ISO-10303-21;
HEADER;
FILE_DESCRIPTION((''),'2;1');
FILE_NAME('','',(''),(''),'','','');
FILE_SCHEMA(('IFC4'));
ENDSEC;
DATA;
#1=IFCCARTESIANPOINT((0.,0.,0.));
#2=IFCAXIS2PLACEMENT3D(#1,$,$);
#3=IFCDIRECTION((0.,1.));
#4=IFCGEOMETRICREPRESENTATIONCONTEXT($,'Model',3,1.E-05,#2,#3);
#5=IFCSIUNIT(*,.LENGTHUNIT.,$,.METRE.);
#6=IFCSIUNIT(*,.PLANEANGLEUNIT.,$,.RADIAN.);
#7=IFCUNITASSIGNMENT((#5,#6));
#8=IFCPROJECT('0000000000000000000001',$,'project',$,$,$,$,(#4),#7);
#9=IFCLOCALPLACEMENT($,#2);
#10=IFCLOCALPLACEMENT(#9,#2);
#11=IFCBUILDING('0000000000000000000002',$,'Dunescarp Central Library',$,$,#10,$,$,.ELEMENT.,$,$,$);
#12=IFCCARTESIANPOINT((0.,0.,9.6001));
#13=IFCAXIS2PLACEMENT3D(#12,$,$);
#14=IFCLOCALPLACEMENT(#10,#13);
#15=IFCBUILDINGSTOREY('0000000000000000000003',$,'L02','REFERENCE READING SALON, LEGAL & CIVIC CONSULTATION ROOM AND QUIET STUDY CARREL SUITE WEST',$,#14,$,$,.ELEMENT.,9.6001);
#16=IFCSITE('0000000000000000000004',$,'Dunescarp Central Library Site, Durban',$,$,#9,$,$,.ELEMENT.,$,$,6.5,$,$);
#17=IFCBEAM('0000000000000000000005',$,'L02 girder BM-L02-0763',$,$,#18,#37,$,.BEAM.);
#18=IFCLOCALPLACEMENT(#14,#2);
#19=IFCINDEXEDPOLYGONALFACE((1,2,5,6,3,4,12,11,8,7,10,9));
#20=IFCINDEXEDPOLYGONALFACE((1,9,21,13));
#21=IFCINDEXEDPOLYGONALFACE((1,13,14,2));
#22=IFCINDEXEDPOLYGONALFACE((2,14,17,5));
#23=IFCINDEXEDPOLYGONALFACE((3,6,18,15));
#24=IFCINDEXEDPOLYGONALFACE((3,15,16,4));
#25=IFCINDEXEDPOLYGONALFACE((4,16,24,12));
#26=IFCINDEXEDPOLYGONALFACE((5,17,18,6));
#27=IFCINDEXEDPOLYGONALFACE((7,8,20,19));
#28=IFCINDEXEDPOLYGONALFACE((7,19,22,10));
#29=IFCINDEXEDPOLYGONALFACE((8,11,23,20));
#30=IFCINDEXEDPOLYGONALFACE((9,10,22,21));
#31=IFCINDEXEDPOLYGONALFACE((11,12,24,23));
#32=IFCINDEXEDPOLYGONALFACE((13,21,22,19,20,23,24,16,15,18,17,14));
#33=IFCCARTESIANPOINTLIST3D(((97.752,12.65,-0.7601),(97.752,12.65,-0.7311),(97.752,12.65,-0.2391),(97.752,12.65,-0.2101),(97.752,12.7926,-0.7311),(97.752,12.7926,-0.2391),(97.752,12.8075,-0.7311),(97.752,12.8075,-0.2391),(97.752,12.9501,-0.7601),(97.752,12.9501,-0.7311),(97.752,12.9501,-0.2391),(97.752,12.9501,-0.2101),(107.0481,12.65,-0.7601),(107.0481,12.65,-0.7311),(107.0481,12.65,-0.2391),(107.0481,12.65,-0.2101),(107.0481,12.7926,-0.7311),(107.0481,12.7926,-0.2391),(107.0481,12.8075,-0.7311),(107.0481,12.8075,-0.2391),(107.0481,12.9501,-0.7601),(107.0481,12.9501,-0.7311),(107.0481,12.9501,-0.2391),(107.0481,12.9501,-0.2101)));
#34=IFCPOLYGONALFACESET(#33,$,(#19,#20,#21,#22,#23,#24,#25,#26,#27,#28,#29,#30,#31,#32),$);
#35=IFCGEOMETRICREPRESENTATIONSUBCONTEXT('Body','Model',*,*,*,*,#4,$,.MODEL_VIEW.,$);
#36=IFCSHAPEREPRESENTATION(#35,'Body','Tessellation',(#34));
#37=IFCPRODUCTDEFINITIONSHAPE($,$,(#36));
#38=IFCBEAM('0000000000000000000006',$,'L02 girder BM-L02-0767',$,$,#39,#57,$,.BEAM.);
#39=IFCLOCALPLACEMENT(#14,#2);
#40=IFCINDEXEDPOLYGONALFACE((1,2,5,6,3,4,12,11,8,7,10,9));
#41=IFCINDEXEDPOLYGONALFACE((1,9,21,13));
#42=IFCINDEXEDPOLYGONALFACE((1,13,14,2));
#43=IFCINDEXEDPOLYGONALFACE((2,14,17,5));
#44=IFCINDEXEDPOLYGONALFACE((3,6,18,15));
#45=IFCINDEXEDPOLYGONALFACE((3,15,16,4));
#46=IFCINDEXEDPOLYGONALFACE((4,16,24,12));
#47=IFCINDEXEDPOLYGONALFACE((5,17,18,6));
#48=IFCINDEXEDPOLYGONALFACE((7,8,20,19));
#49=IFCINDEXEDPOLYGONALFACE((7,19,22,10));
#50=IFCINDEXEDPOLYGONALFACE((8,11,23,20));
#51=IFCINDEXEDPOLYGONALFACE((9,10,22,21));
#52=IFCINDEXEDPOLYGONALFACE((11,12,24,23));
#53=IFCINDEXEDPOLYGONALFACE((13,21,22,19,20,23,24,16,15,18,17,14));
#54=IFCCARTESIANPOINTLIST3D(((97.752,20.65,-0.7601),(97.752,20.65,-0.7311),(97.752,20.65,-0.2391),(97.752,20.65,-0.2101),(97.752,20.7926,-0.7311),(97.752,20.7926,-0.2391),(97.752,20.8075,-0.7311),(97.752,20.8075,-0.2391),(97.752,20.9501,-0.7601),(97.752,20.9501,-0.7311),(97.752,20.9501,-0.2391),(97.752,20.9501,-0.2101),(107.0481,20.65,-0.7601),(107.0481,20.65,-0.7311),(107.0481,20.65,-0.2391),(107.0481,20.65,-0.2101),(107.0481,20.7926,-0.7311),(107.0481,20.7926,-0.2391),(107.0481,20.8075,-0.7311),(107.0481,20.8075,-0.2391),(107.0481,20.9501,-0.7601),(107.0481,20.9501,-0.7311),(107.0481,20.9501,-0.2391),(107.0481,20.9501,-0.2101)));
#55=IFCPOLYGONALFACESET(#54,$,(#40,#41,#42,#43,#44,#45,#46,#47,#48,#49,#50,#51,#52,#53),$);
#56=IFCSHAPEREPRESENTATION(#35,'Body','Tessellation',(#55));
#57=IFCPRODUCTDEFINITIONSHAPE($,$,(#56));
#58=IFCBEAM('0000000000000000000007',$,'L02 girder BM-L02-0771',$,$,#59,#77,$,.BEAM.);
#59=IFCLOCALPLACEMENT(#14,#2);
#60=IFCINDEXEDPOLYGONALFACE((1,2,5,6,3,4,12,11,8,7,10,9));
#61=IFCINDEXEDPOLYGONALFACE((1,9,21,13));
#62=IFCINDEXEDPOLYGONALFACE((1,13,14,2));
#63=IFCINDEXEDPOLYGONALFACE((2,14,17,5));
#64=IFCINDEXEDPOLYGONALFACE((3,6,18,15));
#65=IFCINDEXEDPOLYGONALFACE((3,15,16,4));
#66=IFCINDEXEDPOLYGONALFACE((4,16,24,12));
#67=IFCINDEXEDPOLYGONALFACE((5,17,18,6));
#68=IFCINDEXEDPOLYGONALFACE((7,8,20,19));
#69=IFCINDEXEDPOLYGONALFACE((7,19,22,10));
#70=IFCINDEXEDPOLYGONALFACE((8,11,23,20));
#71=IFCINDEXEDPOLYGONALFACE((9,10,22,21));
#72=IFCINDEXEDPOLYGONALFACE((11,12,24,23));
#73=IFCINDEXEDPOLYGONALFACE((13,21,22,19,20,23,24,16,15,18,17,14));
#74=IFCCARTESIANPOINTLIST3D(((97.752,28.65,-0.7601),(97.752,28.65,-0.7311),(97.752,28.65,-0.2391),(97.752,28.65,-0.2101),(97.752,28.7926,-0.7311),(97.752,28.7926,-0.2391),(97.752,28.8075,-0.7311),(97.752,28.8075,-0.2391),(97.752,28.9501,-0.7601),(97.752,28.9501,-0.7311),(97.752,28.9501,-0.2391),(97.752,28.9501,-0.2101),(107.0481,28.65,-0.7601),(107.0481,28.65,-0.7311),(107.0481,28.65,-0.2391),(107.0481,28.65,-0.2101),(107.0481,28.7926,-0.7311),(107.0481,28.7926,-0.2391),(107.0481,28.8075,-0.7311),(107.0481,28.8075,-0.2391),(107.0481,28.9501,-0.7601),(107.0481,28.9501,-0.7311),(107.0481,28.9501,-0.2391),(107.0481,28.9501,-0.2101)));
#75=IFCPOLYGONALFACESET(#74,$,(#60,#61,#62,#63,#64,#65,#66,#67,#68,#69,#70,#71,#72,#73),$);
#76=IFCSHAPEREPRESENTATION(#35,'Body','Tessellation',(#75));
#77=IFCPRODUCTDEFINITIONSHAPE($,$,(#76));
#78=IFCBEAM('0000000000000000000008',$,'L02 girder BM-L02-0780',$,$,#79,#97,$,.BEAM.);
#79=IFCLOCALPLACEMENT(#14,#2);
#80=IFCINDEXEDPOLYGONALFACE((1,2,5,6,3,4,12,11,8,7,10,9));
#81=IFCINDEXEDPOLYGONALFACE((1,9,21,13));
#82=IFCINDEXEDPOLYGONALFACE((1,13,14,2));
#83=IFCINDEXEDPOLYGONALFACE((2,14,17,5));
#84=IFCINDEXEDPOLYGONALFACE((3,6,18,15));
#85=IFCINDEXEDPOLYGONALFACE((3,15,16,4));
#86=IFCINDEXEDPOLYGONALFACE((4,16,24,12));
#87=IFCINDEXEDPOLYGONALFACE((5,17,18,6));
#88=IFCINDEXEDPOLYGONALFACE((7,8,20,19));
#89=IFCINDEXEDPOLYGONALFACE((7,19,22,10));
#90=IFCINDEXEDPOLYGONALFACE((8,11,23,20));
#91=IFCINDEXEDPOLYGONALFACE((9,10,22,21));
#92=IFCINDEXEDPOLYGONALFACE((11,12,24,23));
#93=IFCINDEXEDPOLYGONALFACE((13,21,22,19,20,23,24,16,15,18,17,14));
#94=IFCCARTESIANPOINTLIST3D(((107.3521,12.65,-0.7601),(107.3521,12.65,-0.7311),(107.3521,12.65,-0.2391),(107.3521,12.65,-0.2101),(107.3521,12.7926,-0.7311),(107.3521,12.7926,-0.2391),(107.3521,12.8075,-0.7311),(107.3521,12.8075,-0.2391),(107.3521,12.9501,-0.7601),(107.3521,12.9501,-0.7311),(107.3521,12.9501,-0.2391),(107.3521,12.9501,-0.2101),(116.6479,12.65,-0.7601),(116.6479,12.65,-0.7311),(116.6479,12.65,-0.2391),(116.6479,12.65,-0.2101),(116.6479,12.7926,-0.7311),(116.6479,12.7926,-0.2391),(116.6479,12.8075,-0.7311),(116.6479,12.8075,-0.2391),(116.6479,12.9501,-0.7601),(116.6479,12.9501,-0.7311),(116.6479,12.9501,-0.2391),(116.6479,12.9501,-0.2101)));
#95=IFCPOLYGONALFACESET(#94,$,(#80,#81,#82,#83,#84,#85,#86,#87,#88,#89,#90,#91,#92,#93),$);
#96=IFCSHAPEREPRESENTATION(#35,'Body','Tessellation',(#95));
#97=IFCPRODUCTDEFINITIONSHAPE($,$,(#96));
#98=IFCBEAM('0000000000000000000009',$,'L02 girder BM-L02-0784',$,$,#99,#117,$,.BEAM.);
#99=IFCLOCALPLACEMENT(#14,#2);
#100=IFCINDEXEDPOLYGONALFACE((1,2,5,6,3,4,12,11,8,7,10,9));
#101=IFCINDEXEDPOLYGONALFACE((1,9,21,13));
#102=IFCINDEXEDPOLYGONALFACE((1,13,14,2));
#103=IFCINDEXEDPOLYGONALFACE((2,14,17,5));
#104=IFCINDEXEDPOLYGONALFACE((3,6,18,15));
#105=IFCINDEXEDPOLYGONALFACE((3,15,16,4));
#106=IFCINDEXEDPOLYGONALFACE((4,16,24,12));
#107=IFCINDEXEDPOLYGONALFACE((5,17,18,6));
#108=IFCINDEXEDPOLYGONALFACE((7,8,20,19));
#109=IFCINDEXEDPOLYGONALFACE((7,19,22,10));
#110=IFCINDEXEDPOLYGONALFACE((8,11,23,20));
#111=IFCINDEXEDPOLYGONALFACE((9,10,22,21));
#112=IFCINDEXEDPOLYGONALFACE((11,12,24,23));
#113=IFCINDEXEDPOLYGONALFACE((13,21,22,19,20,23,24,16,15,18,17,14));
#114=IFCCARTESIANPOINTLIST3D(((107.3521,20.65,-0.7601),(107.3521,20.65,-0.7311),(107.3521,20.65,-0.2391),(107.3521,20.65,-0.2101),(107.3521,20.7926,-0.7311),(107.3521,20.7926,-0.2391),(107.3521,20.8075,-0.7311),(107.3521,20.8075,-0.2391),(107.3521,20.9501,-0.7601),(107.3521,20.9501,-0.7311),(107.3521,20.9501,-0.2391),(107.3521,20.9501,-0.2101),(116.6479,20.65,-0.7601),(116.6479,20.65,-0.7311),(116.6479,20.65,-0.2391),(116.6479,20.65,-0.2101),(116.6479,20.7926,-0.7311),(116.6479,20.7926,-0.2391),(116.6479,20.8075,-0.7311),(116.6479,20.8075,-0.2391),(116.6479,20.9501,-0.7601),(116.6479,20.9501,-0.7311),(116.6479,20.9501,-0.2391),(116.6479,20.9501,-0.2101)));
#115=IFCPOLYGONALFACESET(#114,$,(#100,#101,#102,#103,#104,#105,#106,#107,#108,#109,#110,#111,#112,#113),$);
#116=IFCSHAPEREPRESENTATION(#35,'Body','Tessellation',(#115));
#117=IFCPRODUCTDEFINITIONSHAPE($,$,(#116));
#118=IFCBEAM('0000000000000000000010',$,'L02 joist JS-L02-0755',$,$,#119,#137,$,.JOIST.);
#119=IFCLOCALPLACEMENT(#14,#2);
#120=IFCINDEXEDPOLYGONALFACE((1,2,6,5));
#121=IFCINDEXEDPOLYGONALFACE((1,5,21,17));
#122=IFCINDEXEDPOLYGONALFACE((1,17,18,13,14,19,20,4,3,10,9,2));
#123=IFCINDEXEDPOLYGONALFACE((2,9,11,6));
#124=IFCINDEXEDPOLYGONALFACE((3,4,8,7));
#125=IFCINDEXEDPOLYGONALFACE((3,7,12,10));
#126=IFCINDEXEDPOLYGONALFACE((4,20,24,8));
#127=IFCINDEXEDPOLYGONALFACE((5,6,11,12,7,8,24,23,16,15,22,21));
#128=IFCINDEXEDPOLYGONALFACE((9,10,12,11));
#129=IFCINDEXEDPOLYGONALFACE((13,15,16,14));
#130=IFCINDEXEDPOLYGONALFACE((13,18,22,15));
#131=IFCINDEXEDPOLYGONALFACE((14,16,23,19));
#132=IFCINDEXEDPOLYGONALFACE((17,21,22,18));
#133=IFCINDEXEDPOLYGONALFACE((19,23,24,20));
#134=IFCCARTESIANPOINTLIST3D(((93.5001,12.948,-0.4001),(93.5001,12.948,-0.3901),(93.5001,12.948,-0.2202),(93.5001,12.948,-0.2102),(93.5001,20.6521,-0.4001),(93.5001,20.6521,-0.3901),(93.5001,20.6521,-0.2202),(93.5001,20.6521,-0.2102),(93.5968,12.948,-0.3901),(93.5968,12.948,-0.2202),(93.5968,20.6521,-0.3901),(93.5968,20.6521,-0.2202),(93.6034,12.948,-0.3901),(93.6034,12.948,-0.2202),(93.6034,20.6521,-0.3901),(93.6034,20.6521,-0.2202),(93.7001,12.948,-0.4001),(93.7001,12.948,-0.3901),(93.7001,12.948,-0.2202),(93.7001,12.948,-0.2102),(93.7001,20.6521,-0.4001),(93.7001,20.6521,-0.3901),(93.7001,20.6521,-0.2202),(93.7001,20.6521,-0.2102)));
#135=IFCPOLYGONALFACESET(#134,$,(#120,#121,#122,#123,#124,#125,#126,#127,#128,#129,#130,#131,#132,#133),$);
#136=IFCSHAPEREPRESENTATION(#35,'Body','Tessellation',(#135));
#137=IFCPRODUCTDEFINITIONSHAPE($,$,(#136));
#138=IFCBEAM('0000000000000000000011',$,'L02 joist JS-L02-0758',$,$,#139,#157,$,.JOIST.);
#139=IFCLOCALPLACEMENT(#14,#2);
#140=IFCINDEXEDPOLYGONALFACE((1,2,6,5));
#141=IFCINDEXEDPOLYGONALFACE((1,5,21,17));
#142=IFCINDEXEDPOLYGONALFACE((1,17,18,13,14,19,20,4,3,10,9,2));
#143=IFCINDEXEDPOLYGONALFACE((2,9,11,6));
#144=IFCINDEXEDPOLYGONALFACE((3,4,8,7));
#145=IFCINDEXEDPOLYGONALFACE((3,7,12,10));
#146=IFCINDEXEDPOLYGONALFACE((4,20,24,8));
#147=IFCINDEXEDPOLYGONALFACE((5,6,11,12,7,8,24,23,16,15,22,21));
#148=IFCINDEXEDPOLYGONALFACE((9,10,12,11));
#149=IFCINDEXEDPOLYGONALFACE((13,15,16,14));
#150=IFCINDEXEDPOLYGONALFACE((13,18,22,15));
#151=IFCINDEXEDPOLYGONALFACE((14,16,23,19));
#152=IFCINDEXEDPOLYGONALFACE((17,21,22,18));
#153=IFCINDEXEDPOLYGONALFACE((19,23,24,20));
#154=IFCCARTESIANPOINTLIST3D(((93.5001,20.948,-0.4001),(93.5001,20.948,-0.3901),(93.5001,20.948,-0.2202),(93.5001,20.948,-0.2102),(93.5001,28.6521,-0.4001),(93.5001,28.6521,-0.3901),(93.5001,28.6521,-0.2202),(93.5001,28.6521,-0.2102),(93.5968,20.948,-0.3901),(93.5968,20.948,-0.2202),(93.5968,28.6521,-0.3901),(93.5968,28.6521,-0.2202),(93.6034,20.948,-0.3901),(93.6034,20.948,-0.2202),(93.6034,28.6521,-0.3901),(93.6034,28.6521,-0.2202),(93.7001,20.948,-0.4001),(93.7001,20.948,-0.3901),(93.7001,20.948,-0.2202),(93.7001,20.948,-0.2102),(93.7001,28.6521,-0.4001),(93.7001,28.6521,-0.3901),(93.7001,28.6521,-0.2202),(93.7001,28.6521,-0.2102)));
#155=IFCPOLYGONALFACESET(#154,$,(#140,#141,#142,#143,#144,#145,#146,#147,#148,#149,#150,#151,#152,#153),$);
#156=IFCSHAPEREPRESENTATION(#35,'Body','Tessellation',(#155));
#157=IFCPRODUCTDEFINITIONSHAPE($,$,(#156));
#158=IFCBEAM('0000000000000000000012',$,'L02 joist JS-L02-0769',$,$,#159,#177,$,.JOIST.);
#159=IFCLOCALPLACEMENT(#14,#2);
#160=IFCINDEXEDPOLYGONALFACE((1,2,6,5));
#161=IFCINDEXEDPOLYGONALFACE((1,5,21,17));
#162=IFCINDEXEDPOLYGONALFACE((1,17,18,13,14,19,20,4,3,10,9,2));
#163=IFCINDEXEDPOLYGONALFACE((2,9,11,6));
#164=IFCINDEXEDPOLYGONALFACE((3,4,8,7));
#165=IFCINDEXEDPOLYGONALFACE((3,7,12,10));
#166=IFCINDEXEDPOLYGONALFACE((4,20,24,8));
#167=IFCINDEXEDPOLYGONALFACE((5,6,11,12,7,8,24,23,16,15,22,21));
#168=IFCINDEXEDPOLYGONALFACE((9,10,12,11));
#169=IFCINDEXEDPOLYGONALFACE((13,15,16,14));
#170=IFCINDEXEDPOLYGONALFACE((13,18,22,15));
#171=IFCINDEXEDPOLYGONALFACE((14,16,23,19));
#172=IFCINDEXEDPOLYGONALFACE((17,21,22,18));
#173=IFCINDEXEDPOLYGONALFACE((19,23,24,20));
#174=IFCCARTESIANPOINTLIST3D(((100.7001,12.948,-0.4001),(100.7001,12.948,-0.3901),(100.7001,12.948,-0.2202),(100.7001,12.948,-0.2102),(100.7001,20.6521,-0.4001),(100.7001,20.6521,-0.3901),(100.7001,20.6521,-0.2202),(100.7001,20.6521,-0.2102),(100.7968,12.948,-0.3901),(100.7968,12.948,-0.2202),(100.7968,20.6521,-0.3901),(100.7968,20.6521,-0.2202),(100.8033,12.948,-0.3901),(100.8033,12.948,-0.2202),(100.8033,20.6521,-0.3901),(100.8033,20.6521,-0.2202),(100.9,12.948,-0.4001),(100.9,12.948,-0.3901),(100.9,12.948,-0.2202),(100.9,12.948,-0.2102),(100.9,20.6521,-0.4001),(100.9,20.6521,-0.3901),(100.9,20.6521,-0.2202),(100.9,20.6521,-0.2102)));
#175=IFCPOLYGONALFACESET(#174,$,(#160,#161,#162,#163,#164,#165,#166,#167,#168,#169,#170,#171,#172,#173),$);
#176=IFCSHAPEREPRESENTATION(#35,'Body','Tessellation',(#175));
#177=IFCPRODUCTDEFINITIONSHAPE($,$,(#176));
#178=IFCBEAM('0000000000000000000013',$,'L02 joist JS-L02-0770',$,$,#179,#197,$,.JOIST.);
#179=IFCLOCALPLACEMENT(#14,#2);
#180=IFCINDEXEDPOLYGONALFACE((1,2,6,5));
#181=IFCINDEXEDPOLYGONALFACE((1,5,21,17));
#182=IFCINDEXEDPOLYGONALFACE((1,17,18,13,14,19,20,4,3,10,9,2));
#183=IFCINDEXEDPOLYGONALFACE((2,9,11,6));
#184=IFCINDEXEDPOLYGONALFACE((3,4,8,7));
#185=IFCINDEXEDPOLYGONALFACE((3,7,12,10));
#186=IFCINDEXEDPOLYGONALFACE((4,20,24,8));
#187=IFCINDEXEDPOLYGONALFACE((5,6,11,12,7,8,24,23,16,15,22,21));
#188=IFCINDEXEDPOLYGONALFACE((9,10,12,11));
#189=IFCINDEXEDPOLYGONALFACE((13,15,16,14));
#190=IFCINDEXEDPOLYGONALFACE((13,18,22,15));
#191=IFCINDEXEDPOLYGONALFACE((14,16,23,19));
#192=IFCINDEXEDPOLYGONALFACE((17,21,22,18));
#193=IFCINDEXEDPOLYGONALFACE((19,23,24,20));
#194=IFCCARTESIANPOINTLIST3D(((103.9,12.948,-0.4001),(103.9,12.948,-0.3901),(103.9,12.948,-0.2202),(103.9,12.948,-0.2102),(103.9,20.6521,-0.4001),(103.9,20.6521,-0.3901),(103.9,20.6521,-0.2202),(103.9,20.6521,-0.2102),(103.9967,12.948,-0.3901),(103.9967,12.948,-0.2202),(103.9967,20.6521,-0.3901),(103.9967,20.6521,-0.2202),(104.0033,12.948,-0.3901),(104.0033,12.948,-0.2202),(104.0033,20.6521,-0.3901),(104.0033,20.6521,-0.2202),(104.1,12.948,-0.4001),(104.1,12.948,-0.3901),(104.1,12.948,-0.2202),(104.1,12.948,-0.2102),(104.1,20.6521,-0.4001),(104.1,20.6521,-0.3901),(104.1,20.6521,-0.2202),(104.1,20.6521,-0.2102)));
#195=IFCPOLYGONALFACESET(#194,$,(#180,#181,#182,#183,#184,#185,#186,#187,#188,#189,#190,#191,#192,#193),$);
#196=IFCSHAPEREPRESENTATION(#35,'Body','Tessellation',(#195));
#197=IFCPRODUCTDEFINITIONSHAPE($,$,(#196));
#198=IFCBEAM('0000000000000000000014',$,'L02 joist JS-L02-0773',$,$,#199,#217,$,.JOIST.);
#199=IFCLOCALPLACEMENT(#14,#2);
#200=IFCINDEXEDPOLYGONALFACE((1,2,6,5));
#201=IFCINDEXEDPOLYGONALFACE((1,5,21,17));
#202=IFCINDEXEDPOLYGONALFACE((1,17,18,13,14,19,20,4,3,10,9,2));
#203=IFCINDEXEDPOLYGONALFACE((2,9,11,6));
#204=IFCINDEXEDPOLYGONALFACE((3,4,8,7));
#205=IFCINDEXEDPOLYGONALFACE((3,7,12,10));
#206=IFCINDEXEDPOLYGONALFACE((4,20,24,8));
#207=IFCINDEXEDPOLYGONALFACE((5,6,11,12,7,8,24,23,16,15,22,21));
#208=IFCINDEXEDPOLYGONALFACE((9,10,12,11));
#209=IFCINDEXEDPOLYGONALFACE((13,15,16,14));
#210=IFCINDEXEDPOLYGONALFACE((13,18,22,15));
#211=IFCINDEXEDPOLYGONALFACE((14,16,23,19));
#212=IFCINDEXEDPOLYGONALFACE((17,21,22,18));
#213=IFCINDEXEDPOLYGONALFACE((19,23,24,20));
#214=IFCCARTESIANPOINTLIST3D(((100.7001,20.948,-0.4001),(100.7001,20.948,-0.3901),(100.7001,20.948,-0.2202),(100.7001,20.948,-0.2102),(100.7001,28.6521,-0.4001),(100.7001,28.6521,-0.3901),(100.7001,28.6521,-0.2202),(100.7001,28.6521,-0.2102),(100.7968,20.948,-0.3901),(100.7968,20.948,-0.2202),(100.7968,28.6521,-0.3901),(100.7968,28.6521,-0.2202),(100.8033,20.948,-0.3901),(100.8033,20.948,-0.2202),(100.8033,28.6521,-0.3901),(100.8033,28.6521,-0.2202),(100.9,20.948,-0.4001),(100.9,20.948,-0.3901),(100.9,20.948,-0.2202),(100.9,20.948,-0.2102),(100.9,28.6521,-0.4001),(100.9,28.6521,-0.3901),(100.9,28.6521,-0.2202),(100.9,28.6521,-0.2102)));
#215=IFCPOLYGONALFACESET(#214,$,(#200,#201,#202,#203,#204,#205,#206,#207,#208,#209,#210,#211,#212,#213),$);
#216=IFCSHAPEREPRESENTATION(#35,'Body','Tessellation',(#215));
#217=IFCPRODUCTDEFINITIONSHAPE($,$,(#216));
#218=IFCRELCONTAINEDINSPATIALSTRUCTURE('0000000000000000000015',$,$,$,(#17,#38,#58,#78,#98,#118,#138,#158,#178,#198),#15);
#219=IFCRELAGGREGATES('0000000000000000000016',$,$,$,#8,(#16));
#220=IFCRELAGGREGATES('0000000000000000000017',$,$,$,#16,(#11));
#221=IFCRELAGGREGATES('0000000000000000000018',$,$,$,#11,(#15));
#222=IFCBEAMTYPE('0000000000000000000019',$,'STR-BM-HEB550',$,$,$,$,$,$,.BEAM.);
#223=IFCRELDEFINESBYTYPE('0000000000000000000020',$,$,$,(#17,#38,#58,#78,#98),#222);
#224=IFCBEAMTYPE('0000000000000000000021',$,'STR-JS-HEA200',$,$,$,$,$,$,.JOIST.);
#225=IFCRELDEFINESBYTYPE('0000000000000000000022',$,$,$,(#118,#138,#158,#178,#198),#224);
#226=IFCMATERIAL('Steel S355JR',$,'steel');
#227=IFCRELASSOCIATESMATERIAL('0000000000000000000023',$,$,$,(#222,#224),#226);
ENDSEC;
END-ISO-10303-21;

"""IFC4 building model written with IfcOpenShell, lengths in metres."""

from ifc_helpers import new_model, si_unit, direction, frame, origin, origin_2d, place, context, subcontext, project, spatial, i_section, extrude, material, material_profile, profile_set, type_object, element, save


model = new_model("IFC4")

# Units and contexts
model_context = context("Model", 3, precision=1e-05, world=origin(), true_north=direction((0.0, 1.0)))
body_context = subcontext(model_context, "Body", "Model", "MODEL_VIEW")
ifc_project = project(units=[si_unit("LENGTHUNIT", "METRE"), si_unit("PLANEANGLEUNIT", "RADIAN")], contexts=[model_context])

# Site, building, storey
site_placement = place(None, origin())
site = spatial("IfcSite", under=ifc_project, at=site_placement, Name="Dunescarp Central Library Site, Durban", CompositionType="ELEMENT", RefElevation=6.5)
building_placement = place(site_placement, origin())
building = spatial("IfcBuilding", under=site, at=building_placement, Name="Dunescarp Central Library", CompositionType="ELEMENT")
storey_placement = place(building_placement, frame((0.0, 0.0, 9.6001)))
storey = spatial("IfcBuildingStorey", under=building, at=storey_placement, Name="L02", Description="REFERENCE READING SALON, LEGAL & CIVIC CONSULTATION ROOM AND QUIET STUDY CARREL SUITE WEST", CompositionType="ELEMENT", Elevation=9.6001)

# Shared definitions
ifc_material_1 = material(Name="Steel S355JR", Category="steel")

# Beams
ifc_material_profile_1 = material_profile(ifc_material_1, i_section(OverallWidth=0.3, OverallDepth=0.55, WebThickness=0.0149, FlangeThickness=0.0291, at=origin_2d()), Name="HEB 550")
ifc_profile_set_1 = profile_set([ifc_material_profile_1], Name="Steel S355JR")
beam_type_1 = type_object("IfcBeamType", Name="STR-BM-HEB550", PredefinedType="BEAM", material=ifc_profile_set_1)
for number, where, z_axis, x_axis, name in (
    (1, (97.752, 12.8, -0.4851), (1.0, 0.0, 0.0), (0.0, 1.0, 0.0), "L02 girder BM-L02-0763"),
    (2, (97.752, 20.8, -0.4851), (1.0, 0.0, 0.0), (0.0, 1.0, 0.0), "L02 girder BM-L02-0767"),
    (3, (97.752, 28.8, -0.4851), (1.0, 0.0, 0.0), (0.0, 1.0, 0.0), "L02 girder BM-L02-0771"),
):
    element("IfcBeam", number, at=place(storey_placement, frame(where, z_axis=z_axis, x_axis=x_axis)), inside=storey, type_object=beam_type_1, Name=name, PredefinedType="BEAM", context=body_context, shape_type="SweptSolid", body=[
        extrude(i_section(OverallWidth=0.3, OverallDepth=0.55, WebThickness=0.0149, FlangeThickness=0.0291, at=origin_2d()), origin(), (0.0, 0.0, 1.0), 9.2961),
    ])
for number, where, z_axis, x_axis, name in (
    (4, (107.3521, 12.8, -0.4851), (1.0, 0.0, 0.0), (0.0, 1.0, 0.0), "L02 girder BM-L02-0780"),
    (5, (107.3521, 20.8, -0.4851), (1.0, 0.0, 0.0), (0.0, 1.0, 0.0), "L02 girder BM-L02-0784"),
):
    element("IfcBeam", number, at=place(storey_placement, frame(where, z_axis=z_axis, x_axis=x_axis)), inside=storey, type_object=beam_type_1, Name=name, PredefinedType="BEAM", context=body_context, shape_type="SweptSolid", body=[
        extrude(i_section(OverallWidth=0.3, OverallDepth=0.55, WebThickness=0.0149, FlangeThickness=0.0291, at=origin_2d()), origin(), (0.0, 0.0, 1.0), 9.2959),
    ])
ifc_material_profile_2 = material_profile(ifc_material_1, i_section(OverallWidth=0.2, OverallDepth=0.1899, WebThickness=0.0066, FlangeThickness=0.01, at=origin_2d()), Name="HEA 200")
ifc_profile_set_2 = profile_set([ifc_material_profile_2], Name="Steel S355JR")
beam_type_2 = type_object("IfcBeamType", Name="STR-JS-HEA200", PredefinedType="JOIST", material=ifc_profile_set_2)
for number, where, z_axis, x_axis, name in (
    (6, (93.6001, 12.948, -0.3052), (0.0, 1.0, 0.0), (-1.0, 0.0, 0.0), "L02 joist JS-L02-0755"),
    (7, (93.6001, 20.948, -0.3052), (0.0, 1.0, 0.0), (-1.0, 0.0, 0.0), "L02 joist JS-L02-0758"),
    (8, (100.8, 12.948, -0.3052), (0.0, 1.0, 0.0), (-1.0, 0.0, 0.0), "L02 joist JS-L02-0769"),
    (9, (104.0, 12.948, -0.3052), (0.0, 1.0, 0.0), (-1.0, 0.0, 0.0), "L02 joist JS-L02-0770"),
    (10, (100.8, 20.948, -0.3052), (0.0, 1.0, 0.0), (-1.0, 0.0, 0.0), "L02 joist JS-L02-0773"),
):
    element("IfcBeam", number, at=place(storey_placement, frame(where, z_axis=z_axis, x_axis=x_axis)), inside=storey, type_object=beam_type_2, Name=name, PredefinedType="JOIST", context=body_context, shape_type="SweptSolid", body=[
        extrude(i_section(OverallWidth=0.2, OverallDepth=0.1899, WebThickness=0.0066, FlangeThickness=0.01, at=origin_2d()), origin(), (0.0, 0.0, 1.0), 7.7041),
    ])

save(model, "model.ifc")
